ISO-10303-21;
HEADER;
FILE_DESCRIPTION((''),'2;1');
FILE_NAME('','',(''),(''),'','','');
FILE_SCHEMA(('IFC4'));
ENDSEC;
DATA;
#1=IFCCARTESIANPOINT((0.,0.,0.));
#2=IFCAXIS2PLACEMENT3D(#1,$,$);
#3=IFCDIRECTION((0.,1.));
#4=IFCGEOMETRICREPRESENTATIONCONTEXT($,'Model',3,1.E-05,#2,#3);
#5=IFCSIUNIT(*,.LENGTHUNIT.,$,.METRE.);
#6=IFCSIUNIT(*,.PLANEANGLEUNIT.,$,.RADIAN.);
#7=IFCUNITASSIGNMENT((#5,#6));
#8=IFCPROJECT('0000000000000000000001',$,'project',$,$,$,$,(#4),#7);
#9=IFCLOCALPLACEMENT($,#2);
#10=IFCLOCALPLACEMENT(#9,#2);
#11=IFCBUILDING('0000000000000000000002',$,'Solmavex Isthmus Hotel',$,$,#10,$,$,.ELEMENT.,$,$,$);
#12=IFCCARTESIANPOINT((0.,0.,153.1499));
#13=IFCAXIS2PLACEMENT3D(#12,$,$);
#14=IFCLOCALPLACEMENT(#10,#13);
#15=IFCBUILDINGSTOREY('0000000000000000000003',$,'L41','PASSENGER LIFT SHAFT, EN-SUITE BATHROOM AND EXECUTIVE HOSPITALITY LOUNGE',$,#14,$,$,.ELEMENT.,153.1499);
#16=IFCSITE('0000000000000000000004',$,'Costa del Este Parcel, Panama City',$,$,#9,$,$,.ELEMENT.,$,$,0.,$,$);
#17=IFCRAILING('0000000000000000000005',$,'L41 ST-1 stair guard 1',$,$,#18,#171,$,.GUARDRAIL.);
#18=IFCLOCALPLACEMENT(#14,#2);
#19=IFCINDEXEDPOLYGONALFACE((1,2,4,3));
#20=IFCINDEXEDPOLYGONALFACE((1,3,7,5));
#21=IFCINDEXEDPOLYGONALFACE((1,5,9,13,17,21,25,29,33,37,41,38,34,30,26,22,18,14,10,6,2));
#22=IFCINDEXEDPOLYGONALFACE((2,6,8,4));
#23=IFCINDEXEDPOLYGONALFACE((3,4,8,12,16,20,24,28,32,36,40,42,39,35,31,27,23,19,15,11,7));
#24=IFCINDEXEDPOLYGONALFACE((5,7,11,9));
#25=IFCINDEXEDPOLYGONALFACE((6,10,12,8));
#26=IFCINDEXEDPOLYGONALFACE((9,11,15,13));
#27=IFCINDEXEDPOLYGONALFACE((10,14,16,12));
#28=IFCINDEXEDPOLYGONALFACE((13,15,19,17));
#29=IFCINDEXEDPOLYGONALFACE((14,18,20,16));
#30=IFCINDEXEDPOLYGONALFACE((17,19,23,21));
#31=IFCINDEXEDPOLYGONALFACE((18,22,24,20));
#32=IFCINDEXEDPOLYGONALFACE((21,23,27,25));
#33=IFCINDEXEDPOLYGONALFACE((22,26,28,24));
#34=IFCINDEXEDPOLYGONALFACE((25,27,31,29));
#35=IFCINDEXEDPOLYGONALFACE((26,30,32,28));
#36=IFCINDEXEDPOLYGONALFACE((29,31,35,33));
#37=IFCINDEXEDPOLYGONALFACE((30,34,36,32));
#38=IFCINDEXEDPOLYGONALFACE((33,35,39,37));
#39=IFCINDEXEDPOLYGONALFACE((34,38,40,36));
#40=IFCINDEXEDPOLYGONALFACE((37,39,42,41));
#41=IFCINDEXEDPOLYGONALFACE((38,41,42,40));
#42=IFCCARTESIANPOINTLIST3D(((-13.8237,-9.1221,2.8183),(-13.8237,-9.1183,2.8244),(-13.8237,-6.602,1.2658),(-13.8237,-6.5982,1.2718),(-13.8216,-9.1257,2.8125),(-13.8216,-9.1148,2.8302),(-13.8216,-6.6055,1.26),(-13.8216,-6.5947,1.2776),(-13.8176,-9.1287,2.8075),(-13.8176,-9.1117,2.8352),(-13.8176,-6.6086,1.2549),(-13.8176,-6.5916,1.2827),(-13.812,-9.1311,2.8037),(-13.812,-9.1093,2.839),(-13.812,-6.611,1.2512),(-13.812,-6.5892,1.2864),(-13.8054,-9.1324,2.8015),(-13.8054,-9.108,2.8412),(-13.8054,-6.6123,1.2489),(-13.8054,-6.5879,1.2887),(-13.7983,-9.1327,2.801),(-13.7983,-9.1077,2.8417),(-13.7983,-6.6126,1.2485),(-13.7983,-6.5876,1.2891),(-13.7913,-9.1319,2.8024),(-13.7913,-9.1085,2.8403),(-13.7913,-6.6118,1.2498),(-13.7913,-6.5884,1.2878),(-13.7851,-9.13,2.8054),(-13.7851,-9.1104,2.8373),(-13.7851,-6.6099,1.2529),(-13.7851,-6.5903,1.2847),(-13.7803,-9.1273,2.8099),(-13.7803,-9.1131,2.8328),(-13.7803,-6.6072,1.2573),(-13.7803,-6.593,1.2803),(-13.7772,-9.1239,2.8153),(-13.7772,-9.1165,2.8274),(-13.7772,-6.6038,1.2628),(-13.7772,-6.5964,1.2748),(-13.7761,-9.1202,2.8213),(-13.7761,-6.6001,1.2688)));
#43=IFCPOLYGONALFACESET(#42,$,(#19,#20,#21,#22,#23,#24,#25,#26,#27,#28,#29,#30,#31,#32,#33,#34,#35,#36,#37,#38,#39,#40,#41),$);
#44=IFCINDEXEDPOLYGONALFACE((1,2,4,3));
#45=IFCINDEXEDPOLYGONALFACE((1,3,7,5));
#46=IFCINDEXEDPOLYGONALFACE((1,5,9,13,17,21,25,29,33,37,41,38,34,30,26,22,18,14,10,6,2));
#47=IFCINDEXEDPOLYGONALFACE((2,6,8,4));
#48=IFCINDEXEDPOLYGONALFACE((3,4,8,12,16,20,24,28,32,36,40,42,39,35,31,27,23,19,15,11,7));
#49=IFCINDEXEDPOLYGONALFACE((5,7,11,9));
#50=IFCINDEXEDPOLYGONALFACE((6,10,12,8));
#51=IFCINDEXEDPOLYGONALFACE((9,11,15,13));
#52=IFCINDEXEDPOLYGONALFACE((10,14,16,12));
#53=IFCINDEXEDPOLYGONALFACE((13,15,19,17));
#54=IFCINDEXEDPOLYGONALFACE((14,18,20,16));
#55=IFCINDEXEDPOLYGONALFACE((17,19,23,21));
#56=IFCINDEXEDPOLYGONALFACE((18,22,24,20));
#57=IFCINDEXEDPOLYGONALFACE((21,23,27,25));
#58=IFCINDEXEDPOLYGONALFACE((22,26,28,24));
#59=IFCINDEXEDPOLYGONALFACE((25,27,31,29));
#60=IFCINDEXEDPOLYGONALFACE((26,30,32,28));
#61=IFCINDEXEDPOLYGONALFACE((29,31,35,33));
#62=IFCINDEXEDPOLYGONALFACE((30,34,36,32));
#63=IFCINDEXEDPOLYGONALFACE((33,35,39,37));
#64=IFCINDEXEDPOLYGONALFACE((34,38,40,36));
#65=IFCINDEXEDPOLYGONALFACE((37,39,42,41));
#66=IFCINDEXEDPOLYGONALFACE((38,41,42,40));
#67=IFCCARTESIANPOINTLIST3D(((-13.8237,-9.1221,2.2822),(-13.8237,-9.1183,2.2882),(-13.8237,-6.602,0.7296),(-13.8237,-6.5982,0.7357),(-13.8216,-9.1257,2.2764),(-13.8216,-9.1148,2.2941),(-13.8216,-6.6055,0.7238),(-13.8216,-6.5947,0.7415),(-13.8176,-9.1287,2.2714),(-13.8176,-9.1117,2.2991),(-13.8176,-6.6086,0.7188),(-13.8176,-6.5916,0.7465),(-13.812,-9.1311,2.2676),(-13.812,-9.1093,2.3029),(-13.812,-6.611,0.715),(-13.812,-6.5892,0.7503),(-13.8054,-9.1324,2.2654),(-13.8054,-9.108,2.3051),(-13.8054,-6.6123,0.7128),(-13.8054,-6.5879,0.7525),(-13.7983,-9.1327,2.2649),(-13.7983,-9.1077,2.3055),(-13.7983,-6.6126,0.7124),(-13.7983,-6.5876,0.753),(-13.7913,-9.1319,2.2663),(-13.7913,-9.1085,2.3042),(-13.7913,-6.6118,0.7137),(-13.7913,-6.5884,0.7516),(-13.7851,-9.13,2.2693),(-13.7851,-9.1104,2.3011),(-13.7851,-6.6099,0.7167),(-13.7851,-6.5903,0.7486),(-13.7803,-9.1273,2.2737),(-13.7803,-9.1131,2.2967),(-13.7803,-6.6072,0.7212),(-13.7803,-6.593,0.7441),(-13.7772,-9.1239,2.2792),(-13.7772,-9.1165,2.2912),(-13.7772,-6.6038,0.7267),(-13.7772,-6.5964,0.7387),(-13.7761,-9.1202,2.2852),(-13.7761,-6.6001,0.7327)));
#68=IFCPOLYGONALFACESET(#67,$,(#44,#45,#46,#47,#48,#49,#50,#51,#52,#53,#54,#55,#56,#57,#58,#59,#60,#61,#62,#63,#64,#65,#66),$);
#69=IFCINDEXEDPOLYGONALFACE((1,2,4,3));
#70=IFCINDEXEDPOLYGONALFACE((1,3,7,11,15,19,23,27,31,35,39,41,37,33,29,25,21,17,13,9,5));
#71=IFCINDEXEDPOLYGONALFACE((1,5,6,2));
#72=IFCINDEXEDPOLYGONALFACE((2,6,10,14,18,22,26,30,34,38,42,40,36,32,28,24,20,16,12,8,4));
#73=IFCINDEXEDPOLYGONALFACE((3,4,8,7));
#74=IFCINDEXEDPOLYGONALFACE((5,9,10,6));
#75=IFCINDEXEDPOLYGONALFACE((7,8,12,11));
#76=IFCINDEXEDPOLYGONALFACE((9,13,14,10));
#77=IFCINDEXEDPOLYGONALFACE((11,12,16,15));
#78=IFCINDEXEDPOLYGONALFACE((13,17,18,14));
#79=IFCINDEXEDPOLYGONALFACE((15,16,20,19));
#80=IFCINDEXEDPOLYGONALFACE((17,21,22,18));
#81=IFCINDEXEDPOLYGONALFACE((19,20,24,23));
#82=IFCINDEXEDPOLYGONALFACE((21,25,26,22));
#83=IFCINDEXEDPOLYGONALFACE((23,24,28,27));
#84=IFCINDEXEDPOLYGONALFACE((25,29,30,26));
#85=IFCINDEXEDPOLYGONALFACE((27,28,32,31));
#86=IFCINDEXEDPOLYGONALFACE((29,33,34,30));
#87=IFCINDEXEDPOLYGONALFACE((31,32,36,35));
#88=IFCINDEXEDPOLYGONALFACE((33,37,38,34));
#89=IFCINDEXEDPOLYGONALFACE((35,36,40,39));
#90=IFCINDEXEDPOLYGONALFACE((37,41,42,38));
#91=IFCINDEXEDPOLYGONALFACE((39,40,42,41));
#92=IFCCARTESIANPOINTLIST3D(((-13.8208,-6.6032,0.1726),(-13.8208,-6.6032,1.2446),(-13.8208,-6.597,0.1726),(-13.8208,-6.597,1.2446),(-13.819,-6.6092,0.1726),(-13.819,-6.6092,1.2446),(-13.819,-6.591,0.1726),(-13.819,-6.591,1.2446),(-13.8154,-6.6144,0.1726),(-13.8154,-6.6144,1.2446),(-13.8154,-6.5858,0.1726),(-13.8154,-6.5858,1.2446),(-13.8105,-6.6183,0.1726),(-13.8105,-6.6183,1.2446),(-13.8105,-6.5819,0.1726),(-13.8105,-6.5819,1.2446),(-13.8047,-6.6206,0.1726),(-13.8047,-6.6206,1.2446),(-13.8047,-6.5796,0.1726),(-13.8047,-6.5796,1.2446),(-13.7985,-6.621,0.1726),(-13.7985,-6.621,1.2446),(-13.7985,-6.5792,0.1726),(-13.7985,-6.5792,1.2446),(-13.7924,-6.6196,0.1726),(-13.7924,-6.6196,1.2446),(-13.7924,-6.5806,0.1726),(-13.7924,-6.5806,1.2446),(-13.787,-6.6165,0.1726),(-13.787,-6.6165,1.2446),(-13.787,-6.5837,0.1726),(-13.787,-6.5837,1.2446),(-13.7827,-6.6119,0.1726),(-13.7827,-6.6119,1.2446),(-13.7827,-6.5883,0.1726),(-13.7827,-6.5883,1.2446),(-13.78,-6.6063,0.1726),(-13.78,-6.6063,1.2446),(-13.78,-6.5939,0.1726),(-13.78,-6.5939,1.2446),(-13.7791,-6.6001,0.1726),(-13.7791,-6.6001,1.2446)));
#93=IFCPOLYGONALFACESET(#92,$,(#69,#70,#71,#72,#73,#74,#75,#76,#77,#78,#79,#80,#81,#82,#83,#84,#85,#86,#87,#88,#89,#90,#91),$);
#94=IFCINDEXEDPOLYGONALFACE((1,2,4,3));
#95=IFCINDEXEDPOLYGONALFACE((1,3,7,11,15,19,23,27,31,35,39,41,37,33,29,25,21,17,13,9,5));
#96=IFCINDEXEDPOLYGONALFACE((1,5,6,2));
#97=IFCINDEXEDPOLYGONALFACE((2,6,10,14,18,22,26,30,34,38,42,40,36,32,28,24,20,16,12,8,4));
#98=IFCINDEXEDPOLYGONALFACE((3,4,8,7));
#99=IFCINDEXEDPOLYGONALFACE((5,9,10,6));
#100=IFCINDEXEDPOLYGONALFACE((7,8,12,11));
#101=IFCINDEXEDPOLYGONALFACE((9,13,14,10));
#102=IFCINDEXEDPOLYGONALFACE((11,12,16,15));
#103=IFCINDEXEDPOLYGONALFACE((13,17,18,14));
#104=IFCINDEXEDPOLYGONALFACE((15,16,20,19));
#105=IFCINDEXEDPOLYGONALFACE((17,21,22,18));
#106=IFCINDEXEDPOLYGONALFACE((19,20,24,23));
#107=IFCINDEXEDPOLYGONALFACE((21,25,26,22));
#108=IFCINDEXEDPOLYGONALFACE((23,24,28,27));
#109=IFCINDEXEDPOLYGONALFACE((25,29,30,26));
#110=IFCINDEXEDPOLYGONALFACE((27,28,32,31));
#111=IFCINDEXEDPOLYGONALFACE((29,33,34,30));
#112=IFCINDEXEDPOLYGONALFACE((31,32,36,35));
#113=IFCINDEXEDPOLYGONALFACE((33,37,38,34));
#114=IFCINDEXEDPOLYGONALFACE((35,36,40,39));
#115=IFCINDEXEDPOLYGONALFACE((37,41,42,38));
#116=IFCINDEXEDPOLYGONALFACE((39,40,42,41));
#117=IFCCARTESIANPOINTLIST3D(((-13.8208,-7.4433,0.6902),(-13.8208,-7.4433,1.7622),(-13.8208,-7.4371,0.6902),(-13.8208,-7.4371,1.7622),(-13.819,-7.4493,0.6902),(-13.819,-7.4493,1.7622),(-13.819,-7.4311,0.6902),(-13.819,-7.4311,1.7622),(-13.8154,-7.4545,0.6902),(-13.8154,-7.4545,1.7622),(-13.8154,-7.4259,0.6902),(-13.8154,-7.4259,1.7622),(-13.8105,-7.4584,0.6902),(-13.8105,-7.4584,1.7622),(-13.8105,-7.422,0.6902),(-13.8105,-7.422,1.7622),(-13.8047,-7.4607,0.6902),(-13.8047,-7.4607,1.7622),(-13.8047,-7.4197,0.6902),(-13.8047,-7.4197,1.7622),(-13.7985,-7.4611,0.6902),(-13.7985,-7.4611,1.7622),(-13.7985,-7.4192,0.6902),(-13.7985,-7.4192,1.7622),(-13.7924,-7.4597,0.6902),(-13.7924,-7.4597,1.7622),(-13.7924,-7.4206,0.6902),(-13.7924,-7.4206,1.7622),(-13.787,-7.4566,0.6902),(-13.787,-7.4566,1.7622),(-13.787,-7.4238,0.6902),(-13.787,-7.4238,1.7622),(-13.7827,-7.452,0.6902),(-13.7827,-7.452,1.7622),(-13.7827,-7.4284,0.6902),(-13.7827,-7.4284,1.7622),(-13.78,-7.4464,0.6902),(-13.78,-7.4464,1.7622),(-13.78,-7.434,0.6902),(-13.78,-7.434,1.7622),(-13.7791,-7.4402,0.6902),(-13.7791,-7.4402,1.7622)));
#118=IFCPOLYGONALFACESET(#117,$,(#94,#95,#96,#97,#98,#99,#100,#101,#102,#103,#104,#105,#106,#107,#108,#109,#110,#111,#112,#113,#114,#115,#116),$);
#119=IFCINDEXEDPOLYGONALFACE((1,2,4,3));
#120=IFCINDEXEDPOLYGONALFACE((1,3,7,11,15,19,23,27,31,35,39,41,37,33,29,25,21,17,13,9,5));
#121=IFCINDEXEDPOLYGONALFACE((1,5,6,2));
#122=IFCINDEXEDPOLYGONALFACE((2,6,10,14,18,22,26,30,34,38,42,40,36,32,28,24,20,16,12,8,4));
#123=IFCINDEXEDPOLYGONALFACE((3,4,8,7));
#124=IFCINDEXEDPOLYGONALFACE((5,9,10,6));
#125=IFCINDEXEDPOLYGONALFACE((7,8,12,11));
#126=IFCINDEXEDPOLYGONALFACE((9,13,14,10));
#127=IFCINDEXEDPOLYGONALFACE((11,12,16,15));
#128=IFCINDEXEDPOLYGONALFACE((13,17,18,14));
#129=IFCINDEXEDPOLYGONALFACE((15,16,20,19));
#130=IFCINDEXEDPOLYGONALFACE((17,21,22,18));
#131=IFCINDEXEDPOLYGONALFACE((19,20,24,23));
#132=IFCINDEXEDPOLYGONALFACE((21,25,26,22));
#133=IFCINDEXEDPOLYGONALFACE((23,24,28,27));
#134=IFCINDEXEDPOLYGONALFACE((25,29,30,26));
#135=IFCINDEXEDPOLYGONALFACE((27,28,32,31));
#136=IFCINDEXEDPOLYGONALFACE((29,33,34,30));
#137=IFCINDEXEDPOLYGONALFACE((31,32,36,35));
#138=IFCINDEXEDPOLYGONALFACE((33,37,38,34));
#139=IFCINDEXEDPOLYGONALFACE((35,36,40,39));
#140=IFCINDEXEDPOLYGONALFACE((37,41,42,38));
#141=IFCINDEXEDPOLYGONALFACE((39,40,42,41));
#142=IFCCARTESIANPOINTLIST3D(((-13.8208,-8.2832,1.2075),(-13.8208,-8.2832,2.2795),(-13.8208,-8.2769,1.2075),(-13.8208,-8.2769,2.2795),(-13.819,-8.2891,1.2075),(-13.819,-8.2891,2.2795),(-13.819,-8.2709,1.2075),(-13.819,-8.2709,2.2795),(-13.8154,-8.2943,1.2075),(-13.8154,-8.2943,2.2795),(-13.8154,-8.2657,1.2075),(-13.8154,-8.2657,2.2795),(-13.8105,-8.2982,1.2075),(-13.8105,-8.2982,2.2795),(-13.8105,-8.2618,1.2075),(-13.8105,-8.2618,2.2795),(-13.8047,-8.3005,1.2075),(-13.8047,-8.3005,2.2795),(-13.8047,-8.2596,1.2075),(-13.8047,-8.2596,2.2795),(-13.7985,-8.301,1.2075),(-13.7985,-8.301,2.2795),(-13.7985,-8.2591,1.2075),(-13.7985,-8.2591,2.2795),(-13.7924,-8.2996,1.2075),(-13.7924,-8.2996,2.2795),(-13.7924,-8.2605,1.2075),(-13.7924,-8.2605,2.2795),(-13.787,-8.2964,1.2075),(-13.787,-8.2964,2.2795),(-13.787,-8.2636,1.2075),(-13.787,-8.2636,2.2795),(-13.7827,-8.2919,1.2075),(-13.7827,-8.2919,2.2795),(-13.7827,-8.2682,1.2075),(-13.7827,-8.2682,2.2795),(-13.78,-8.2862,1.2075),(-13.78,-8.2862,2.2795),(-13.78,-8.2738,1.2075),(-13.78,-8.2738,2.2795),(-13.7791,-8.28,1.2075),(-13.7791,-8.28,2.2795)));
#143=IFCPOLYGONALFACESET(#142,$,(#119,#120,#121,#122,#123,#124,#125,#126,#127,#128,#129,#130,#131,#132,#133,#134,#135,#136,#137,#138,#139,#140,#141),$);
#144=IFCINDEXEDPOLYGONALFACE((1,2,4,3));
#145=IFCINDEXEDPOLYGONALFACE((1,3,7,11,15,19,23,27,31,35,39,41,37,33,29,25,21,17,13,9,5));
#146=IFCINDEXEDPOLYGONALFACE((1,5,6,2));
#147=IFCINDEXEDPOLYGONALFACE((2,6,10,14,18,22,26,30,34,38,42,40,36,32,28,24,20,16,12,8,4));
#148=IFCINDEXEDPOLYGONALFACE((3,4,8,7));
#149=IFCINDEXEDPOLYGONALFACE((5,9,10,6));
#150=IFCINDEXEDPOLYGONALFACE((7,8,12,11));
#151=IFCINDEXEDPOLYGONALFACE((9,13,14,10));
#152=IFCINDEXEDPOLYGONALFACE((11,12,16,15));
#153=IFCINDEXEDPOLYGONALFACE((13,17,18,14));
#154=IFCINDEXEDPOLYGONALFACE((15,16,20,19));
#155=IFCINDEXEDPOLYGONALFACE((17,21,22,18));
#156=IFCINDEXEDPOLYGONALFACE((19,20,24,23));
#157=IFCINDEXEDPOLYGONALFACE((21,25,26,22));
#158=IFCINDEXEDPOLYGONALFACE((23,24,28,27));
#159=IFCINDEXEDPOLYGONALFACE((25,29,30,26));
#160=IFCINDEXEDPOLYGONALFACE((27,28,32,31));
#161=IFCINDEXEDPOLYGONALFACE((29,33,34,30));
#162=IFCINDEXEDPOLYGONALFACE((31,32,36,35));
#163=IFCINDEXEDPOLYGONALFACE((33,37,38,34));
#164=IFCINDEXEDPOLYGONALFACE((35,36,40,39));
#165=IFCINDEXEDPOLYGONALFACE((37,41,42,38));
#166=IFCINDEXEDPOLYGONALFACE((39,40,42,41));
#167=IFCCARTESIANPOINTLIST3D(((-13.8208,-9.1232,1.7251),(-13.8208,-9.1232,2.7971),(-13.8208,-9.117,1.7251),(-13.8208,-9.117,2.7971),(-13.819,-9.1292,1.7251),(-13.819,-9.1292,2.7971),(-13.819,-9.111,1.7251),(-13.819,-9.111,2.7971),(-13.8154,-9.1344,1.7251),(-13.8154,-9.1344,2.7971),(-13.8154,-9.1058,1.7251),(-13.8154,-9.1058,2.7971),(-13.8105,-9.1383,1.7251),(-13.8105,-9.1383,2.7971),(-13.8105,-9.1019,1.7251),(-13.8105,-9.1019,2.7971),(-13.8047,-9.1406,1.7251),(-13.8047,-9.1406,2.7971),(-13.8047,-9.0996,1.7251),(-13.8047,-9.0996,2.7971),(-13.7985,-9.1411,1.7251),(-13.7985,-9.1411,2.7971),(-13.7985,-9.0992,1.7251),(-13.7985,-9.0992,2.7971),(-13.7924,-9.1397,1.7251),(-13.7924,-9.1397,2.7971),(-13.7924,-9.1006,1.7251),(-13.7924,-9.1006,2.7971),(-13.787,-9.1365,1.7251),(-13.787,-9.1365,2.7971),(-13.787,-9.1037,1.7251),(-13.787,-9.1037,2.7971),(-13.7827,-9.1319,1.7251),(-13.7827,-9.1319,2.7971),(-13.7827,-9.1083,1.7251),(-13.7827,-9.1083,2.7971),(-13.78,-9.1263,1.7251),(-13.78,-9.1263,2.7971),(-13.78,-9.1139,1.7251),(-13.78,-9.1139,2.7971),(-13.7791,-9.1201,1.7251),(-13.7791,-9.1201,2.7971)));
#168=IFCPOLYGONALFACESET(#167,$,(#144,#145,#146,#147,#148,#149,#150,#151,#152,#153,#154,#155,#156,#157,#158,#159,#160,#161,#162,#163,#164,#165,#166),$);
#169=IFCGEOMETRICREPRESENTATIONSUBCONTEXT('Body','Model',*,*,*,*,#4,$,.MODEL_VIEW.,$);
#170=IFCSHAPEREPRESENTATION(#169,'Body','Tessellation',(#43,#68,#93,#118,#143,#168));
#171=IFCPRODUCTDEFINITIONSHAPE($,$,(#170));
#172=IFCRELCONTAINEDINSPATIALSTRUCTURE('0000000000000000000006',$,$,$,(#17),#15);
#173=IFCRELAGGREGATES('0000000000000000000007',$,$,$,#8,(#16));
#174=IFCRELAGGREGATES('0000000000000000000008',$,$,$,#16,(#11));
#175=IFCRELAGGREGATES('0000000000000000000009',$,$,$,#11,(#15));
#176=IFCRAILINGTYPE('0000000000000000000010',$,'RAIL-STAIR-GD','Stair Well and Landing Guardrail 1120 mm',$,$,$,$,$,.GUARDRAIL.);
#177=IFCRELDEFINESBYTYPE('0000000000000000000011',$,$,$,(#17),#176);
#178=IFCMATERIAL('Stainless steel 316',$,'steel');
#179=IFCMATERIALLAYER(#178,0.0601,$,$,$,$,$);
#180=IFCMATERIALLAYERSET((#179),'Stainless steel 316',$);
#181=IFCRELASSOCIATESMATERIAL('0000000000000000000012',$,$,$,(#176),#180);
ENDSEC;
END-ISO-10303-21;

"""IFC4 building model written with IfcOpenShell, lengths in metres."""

from ifc_helpers import new_model, si_unit, direction, frame, origin, origin_2d, place, context, subcontext, project, spatial, circle, extrude, material, layer, layer_set, type_object, element, save


model = new_model("IFC4")

# Units and contexts
model_context = context("Model", 3, precision=1e-05, world=origin(), true_north=direction((0.0, 1.0)))
body_context = subcontext(model_context, "Body", "Model", "MODEL_VIEW")
ifc_project = project(units=[si_unit("LENGTHUNIT", "METRE"), si_unit("PLANEANGLEUNIT", "RADIAN")], contexts=[model_context])

# Site, building, storey
site_placement = place(None, origin())
site = spatial("IfcSite", under=ifc_project, at=site_placement, Name="Costa del Este Parcel, Panama City", CompositionType="ELEMENT", RefElevation=0.0)
building_placement = place(site_placement, origin())
building = spatial("IfcBuilding", under=site, at=building_placement, Name="Solmavex Isthmus Hotel", CompositionType="ELEMENT")
storey_placement = place(building_placement, frame((0.0, 0.0, 153.1499)))
storey = spatial("IfcBuildingStorey", under=building, at=storey_placement, Name="L41", Description="PASSENGER LIFT SHAFT, EN-SUITE BATHROOM AND EXECUTIVE HOSPITALITY LOUNGE", CompositionType="ELEMENT", Elevation=153.1499)

# Shared definitions
ifc_material_1 = material(Name="Stainless steel 316", Category="steel")

# Railing
ifc_layer_1 = layer(ifc_material_1, 0.0601)
ifc_layer_set_1 = layer_set([ifc_layer_1], Name="Stainless steel 316")
railing_type_1 = type_object("IfcRailingType", Name="RAIL-STAIR-GD", Description="Stair Well and Landing Guardrail 1120 mm", PredefinedType="GUARDRAIL", material=ifc_layer_set_1)
railing_1_placement = place(storey_placement, frame((-13.8, -6.6001, 0.1726)))
element("IfcRailing", 1, at=railing_1_placement, inside=storey, type_object=railing_type_1, Name="L41 ST-1 stair guard 1", PredefinedType="GUARDRAIL", context=body_context, shape_type="SweptSolid", body=[
    extrude(circle(Radius=0.0239, at=origin_2d()), frame((0.0, 0.0, 1.0962), z_axis=(0.0, -0.8514, 0.524516), x_axis=(1.0, 0.0, 0.0)), (0.0, 0.0, 1.0), 2.96),
    extrude(circle(Radius=0.0239, at=origin_2d()), frame((0.0, 0.0, 0.5601), z_axis=(0.0, -0.8514, 0.524516), x_axis=(1.0, 0.0, 0.0)), (0.0, 0.0, 1.0), 2.96),
    extrude(circle(Radius=0.021, at=origin_2d()), origin(), (0.0, 0.0, 1.0), 1.072),
    extrude(circle(Radius=0.021, at=origin_2d()), frame((0.0, -0.8401, 0.5176)), (0.0, 0.0, 1.0), 1.072),
    extrude(circle(Radius=0.021, at=origin_2d()), frame((0.0, -1.6799, 1.0349)), (0.0, 0.0, 1.0), 1.072),
    extrude(circle(Radius=0.021, at=origin_2d()), frame((0.0, -2.52, 1.5525)), (0.0, 0.0, 1.0), 1.072),
])

save(model, "model.ifc")
